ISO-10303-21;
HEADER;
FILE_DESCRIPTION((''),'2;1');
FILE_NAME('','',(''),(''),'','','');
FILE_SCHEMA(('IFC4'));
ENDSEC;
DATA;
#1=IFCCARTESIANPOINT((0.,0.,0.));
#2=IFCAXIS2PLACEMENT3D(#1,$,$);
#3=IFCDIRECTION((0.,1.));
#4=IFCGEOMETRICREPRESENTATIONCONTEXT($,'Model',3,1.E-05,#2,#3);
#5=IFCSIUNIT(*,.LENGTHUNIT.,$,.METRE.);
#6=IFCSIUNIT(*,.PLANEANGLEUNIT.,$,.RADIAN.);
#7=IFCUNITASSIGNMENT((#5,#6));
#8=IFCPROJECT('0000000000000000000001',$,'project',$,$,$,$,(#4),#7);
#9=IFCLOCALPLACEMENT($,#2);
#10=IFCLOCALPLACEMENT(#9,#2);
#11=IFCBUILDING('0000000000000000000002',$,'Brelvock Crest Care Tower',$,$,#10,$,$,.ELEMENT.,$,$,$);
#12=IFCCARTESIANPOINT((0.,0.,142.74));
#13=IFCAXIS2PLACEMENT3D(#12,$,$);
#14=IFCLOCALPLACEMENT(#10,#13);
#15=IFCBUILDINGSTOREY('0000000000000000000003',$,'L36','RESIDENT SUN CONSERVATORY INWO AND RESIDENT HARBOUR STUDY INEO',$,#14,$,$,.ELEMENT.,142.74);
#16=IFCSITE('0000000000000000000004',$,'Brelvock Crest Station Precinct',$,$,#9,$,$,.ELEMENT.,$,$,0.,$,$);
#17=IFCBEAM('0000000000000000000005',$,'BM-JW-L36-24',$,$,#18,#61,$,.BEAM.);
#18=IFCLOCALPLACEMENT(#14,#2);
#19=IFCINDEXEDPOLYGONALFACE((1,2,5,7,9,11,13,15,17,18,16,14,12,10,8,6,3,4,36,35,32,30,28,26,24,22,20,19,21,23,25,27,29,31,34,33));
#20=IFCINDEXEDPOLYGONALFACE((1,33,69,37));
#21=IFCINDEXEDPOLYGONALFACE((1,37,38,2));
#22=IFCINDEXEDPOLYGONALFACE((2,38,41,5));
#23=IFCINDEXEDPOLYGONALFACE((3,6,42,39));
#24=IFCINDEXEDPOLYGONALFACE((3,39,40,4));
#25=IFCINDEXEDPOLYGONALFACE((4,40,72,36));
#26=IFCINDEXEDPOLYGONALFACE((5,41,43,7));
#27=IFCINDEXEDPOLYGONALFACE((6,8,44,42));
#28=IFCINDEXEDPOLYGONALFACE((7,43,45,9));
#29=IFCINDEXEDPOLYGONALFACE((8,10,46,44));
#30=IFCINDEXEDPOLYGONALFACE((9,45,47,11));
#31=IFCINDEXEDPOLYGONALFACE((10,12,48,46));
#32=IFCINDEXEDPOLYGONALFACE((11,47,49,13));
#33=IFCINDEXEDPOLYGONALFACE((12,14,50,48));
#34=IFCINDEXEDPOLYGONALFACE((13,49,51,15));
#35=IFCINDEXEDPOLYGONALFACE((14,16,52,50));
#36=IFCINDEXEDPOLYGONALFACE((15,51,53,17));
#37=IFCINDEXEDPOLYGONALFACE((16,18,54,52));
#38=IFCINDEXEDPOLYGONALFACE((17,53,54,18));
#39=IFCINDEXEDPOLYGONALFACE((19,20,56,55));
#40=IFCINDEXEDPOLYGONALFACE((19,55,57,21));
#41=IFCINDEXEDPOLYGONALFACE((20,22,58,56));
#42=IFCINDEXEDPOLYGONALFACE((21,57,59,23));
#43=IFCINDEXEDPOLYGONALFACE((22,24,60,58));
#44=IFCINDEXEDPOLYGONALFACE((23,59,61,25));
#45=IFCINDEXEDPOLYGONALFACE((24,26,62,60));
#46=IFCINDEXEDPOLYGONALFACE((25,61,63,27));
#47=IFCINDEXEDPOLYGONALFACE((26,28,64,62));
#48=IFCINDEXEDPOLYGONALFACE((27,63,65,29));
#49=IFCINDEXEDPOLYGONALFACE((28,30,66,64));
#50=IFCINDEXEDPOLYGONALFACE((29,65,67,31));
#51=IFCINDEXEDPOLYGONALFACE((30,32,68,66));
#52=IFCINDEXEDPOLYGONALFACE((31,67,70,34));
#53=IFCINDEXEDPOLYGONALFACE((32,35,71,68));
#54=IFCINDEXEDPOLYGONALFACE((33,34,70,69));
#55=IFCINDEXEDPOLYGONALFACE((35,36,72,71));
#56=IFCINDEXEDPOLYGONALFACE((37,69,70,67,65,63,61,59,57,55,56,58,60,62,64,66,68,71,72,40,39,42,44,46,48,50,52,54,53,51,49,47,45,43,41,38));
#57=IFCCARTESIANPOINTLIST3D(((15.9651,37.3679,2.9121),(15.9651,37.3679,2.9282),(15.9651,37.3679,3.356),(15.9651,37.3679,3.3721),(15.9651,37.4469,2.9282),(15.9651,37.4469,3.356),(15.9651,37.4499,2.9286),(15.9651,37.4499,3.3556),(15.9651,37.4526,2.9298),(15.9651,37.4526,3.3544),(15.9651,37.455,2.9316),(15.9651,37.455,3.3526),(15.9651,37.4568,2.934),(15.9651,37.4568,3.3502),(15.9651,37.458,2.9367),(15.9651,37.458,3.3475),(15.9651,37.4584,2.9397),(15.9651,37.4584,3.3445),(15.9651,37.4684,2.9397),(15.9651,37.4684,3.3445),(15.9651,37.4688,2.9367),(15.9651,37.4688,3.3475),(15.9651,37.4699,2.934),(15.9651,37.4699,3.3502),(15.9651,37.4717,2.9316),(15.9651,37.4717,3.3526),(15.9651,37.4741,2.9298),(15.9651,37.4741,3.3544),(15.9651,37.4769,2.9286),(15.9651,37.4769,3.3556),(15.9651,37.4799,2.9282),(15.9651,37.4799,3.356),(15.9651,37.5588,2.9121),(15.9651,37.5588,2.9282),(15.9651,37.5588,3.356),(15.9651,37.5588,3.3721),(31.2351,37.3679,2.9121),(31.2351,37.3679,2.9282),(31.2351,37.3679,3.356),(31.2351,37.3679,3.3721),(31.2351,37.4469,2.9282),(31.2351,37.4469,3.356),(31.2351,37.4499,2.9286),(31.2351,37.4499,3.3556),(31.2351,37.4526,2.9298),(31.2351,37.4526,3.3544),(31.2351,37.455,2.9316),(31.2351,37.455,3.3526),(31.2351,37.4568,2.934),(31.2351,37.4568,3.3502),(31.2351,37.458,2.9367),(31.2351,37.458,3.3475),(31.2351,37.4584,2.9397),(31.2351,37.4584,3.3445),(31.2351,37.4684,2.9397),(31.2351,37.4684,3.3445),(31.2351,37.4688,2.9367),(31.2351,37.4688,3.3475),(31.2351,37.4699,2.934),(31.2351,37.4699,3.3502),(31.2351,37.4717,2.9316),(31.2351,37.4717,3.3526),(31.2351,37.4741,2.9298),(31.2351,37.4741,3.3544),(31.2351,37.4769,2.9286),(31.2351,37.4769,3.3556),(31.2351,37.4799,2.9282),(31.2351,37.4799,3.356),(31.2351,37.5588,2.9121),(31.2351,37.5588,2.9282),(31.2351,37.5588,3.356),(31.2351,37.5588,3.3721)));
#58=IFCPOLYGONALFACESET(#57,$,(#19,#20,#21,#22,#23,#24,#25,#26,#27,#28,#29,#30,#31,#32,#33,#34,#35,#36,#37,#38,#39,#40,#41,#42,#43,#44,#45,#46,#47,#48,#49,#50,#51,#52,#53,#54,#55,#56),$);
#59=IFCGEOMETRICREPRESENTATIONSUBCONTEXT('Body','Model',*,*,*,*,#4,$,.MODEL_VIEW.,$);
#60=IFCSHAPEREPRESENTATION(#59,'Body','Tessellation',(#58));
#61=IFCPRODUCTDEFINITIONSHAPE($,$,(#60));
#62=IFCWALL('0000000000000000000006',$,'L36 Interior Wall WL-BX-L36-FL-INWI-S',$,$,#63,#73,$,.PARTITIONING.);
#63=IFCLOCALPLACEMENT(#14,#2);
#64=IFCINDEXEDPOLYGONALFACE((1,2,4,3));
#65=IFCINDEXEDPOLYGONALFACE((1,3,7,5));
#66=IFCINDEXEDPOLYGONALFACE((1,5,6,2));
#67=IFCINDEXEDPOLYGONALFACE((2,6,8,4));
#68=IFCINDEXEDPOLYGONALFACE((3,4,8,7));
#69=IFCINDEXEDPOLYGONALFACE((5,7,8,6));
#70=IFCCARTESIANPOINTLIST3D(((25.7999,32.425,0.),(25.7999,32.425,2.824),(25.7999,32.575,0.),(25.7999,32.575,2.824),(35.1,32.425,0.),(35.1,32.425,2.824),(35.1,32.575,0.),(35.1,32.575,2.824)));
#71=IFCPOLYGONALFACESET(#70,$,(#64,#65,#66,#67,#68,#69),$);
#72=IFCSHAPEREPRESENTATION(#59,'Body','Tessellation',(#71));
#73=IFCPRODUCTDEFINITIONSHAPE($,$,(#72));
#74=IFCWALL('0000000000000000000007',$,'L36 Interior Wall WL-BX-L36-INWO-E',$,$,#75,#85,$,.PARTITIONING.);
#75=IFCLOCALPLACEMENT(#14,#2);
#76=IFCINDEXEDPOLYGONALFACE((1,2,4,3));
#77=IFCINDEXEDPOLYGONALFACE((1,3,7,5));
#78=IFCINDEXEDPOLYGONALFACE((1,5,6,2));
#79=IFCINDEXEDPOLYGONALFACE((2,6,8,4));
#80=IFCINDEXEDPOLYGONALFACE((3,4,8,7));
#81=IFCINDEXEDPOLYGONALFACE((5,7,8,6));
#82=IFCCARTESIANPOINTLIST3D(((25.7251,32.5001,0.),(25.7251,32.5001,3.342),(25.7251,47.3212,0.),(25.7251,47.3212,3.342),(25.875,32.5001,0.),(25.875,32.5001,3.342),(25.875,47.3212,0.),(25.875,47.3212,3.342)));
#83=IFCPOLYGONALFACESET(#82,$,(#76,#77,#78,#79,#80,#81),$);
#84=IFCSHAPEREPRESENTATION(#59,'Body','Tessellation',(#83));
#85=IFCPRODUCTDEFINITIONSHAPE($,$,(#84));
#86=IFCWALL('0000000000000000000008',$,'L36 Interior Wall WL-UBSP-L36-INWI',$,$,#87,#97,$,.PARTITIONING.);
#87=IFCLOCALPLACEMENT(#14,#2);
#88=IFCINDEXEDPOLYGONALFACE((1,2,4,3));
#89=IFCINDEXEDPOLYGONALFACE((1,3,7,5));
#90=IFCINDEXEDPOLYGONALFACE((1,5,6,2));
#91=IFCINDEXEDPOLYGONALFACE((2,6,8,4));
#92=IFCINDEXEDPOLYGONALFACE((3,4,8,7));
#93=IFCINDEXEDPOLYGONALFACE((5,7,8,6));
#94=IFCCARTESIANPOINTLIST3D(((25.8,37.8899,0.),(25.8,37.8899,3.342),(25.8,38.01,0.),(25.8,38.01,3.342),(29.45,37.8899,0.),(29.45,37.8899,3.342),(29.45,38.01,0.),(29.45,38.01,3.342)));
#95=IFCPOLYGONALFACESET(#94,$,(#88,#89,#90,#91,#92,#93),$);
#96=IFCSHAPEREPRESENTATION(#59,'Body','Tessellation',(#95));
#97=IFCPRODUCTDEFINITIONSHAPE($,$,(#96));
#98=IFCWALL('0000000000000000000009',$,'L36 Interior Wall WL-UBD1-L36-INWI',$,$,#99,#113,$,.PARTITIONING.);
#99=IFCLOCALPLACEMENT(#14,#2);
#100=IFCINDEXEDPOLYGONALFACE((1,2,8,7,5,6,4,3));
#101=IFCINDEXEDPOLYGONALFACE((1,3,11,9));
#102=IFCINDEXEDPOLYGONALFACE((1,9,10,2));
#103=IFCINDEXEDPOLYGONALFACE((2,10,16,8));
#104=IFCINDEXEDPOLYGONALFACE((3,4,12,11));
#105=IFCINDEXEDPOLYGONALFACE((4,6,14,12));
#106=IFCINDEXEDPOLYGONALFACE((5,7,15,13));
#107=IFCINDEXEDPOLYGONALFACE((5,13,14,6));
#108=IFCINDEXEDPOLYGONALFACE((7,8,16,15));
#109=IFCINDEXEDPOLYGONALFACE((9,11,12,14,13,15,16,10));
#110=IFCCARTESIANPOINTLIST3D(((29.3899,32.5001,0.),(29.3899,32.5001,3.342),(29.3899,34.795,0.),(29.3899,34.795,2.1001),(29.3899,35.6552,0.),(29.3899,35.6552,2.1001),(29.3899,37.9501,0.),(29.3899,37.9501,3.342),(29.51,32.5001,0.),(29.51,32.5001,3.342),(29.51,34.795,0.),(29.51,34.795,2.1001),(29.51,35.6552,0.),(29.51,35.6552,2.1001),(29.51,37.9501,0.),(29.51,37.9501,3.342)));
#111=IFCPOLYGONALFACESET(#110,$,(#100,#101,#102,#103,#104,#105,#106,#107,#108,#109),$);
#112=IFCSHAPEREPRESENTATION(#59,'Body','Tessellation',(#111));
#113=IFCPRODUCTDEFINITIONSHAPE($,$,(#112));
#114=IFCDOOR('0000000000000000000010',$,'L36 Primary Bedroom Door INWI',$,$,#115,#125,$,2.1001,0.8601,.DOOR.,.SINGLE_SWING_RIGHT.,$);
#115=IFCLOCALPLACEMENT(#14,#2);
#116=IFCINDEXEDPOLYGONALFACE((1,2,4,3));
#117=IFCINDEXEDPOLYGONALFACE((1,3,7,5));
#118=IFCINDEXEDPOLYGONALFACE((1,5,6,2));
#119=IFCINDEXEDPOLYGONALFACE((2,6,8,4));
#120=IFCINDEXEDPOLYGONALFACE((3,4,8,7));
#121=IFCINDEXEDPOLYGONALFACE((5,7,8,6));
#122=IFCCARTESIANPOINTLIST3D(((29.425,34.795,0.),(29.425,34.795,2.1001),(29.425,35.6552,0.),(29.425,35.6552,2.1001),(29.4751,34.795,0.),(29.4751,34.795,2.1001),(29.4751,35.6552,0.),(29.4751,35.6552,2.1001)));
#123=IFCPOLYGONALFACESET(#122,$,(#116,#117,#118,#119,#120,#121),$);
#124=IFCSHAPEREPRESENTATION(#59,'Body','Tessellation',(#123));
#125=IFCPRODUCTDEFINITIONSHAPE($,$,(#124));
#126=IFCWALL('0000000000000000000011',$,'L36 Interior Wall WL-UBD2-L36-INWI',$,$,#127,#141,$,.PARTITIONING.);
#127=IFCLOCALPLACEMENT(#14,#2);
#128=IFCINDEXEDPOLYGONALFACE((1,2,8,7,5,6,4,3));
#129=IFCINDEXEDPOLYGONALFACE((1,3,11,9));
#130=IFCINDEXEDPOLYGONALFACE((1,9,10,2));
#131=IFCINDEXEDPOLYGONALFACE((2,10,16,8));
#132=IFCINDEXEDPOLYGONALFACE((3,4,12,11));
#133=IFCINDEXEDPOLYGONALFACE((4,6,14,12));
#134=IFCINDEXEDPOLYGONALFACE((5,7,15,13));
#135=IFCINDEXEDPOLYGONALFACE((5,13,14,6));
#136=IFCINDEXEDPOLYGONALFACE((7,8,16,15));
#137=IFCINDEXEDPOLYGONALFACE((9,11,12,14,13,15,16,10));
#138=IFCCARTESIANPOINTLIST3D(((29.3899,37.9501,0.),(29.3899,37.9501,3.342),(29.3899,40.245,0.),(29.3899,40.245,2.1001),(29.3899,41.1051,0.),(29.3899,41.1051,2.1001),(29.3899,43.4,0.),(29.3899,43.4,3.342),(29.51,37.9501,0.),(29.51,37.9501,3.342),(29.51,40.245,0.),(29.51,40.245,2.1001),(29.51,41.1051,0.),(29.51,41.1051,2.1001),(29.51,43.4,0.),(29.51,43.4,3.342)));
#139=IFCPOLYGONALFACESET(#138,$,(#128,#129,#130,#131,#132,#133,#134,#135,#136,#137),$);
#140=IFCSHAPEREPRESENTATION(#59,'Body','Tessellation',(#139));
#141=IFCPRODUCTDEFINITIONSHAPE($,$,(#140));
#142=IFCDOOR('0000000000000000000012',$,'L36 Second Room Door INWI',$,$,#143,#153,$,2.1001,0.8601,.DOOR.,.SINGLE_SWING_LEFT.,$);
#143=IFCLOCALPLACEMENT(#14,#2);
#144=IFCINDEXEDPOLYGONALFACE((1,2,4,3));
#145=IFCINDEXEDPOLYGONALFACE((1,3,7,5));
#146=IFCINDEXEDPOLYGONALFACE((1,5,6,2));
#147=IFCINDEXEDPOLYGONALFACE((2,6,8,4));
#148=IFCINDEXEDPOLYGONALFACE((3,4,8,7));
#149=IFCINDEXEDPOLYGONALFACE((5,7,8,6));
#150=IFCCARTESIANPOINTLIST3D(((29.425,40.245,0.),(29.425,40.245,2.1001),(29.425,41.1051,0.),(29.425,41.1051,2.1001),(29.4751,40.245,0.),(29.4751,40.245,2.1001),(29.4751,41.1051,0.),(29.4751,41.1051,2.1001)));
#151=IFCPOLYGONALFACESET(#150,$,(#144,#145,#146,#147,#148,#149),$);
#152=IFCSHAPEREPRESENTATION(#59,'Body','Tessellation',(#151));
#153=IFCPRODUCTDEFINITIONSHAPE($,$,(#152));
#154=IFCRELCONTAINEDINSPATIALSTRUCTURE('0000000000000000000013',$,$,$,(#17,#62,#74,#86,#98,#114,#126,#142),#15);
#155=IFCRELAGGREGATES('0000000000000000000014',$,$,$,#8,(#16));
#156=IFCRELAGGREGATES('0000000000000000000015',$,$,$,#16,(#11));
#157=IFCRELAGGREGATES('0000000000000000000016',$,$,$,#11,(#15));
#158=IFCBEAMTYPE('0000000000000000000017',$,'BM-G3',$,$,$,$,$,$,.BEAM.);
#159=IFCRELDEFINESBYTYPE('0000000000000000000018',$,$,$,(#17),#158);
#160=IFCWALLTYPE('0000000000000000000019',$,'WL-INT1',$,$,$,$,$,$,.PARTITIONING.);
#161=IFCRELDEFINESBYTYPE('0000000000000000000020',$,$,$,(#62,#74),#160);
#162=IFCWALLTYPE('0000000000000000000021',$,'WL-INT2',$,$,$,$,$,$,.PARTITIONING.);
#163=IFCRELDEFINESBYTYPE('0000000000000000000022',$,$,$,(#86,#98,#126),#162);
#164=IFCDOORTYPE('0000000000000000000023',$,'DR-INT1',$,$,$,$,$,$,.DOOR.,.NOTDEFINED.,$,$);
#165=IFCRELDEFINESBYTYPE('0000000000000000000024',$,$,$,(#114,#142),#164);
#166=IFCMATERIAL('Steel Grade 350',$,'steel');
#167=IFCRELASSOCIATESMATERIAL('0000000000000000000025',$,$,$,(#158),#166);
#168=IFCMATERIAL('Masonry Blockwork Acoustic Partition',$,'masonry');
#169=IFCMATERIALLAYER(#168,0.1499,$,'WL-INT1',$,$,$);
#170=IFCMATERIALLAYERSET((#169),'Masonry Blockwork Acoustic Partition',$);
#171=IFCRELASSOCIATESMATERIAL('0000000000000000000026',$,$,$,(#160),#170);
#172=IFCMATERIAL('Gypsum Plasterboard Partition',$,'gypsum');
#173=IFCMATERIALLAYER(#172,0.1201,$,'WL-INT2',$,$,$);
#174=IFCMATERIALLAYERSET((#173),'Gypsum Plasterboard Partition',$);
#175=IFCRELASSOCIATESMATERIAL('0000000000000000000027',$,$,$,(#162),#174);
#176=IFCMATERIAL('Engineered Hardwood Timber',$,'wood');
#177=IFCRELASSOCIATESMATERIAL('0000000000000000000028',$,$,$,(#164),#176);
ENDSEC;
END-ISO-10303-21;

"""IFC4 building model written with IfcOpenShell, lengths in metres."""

from ifc_helpers import new_model, si_unit, direction, frame, frame_2d, origin, origin_2d, place, context, subcontext, project, spatial, rectangle, i_section, extrude, source, transform, mapped, material, layer, layer_set, material_profile, profile_set, type_object, element, fill, save


model = new_model("IFC4")

# Units and contexts
model_context = context("Model", 3, precision=1e-05, world=origin(), true_north=direction((0.0, 1.0)))
body_context = subcontext(model_context, "Body", "Model", "MODEL_VIEW")
ifc_project = project(units=[si_unit("LENGTHUNIT", "METRE"), si_unit("PLANEANGLEUNIT", "RADIAN")], contexts=[model_context])

# Site, building, storey
site_placement = place(None, origin())
site = spatial("IfcSite", under=ifc_project, at=site_placement, Name="Brelvock Crest Station Precinct", CompositionType="ELEMENT", RefElevation=0.0)
building_placement = place(site_placement, origin())
building = spatial("IfcBuilding", under=site, at=building_placement, Name="Brelvock Crest Care Tower", CompositionType="ELEMENT")
storey_placement = place(building_placement, frame((0.0, 0.0, 142.74)))
storey = spatial("IfcBuildingStorey", under=building, at=storey_placement, Name="L36", Description="RESIDENT SUN CONSERVATORY INWO AND RESIDENT HARBOUR STUDY INEO", CompositionType="ELEMENT", Elevation=142.74)

# Beam
ifc_material_1 = material(Name="Steel Grade 350", Category="steel")
ifc_material_profile_1 = material_profile(ifc_material_1, i_section(OverallWidth=0.1909, OverallDepth=0.46, WebThickness=0.01, FlangeThickness=0.0161, FilletRadius=0.0115, at=origin_2d()), Name="460UB82.1")
ifc_profile_set_1 = profile_set([ifc_material_profile_1], Name="Steel Grade 350")
beam_type_1 = type_object("IfcBeamType", Name="BM-G3", PredefinedType="BEAM", material=ifc_profile_set_1)
shared_shape_1 = source(origin(), body_context, "Body", "SweptSolid", [
    extrude(i_section(OverallWidth=0.1909, OverallDepth=0.46, WebThickness=0.01, FlangeThickness=0.0161, FilletRadius=0.0115, at=origin_2d()), origin(), (0.0, 0.0, 1.0), 15.27),
])
beam_1_placement = place(storey_placement, frame((15.9651, 37.4634, 3.1421), z_axis=(1.0, 0.0, 0.0), x_axis=(0.0, 1.0, 0.0)))
element("IfcBeam", 1, at=beam_1_placement, inside=storey, type_object=beam_type_1, Name="BM-JW-L36-24", PredefinedType="BEAM", context=body_context, shape_type="MappedRepresentation", body=[
    mapped(shared_shape_1, transform((0.0, 0.0, 0.0), x_axis=(1.0, 0.0, 0.0), y_axis=(0.0, 1.0, 0.0), z_axis=(0.0, 0.0, 1.0), scale=1.0)),
])

# Walls
ifc_material_2 = material(Name="Masonry Blockwork Acoustic Partition", Category="masonry")
ifc_layer_1 = layer(ifc_material_2, 0.1499, Name="WL-INT1")
ifc_layer_set_1 = layer_set([ifc_layer_1], Name="Masonry Blockwork Acoustic Partition")
wall_type_1 = type_object("IfcWallType", Name="WL-INT1", PredefinedType="PARTITIONING", material=ifc_layer_set_1)
wall_1_placement = place(storey_placement, frame((25.8, 32.5, 0.0), z_axis=(0.0, 0.0, 1.0), x_axis=(1.0, 0.0, 0.0)))
element("IfcWall", 2, at=wall_1_placement, inside=storey, type_object=wall_type_1, Name="L36 Interior Wall WL-BX-L36-FL-INWI-S", PredefinedType="PARTITIONING", context=body_context, shape_type="SweptSolid", body=[
    extrude(rectangle(XDim=9.3, YDim=0.1499, at=frame_2d((4.6499, 0.0))), origin(), (0.0, 0.0, 1.0), 2.824),
])
wall_2_placement = place(storey_placement, frame((25.8, 32.5, 0.0), z_axis=(0.0, 0.0, 1.0), x_axis=(0.0, 1.0, 0.0)))
element("IfcWall", 3, at=wall_2_placement, inside=storey, type_object=wall_type_1, Name="L36 Interior Wall WL-BX-L36-INWO-E", PredefinedType="PARTITIONING", context=body_context, shape_type="SweptSolid", body=[
    extrude(rectangle(XDim=14.821, YDim=0.1499, at=frame_2d((7.4106, 0.0))), origin(), (0.0, 0.0, 1.0), 3.342),
])
ifc_material_3 = material(Name="Gypsum Plasterboard Partition", Category="gypsum")
ifc_layer_2 = layer(ifc_material_3, 0.1201, Name="WL-INT2")
ifc_layer_set_2 = layer_set([ifc_layer_2], Name="Gypsum Plasterboard Partition")
wall_type_2 = type_object("IfcWallType", Name="WL-INT2", PredefinedType="PARTITIONING", material=ifc_layer_set_2)
wall_3_placement = place(storey_placement, frame((25.8, 37.95, 0.0), z_axis=(0.0, 0.0, 1.0), x_axis=(1.0, 0.0, 0.0)))
element("IfcWall", 4, at=wall_3_placement, inside=storey, type_object=wall_type_2, Name="L36 Interior Wall WL-UBSP-L36-INWI", PredefinedType="PARTITIONING", context=body_context, shape_type="SweptSolid", body=[
    extrude(rectangle(XDim=3.6499, YDim=0.1201, at=frame_2d((1.825, 0.0))), origin(), (0.0, 0.0, 1.0), 3.342),
])

# Walls, openings, doors
wall_4_placement = place(storey_placement, frame((29.45, 32.5, 0.0), z_axis=(0.0, 0.0, 1.0), x_axis=(0.0, 1.0, 0.0)))
wall_4 = element("IfcWall", 5, at=wall_4_placement, inside=storey, type_object=wall_type_2, Name="L36 Interior Wall WL-UBD1-L36-INWI", PredefinedType="PARTITIONING", context=body_context, shape_type="SweptSolid", body=[
    extrude(rectangle(XDim=5.45, YDim=0.1201, at=frame_2d((2.7251, 0.0))), origin(), (0.0, 0.0, 1.0), 3.342),
])
opening_1_placement = place(wall_4_placement, frame((2.2949, 0.0, 0.0)))
opening_1 = element("IfcOpeningElement", 6, at=opening_1_placement, cuts=wall_4, PredefinedType="OPENING", context=body_context, shape_type="SweptSolid", body=[
    extrude(rectangle(XDim=0.8601, YDim=2.1001, at=origin_2d()), frame((0.4302, 0.0701, 1.05), z_axis=(0.0, -1.0, 0.0), x_axis=(1.0, 0.0, 0.0)), (0.0, 0.0, 1.0), 0.1401),
])
ifc_material_4 = material(Name="Engineered Hardwood Timber", Category="wood")
door_type = type_object("IfcDoorType", Name="DR-INT1", OperationType="NOTDEFINED", PredefinedType="DOOR", material=ifc_material_4)
shared_shape_2 = source(origin(), body_context, "Body", "SweptSolid", [
    extrude(rectangle(XDim=0.8601, YDim=2.1001, at=origin_2d()), frame((0.4302, 0.0249, 1.05), z_axis=(0.0, -1.0, 0.0), x_axis=(1.0, 0.0, 0.0)), (0.0, 0.0, 1.0), 0.05),
])
door_1_placement = place(opening_1_placement, origin())
door_1 = element("IfcDoor", 7, at=door_1_placement, inside=storey, type_object=door_type, Name="L36 Primary Bedroom Door INWI", OperationType="SINGLE_SWING_RIGHT", OverallHeight=2.1001, OverallWidth=0.8601, PredefinedType="DOOR", context=body_context, shape_type="MappedRepresentation", body=[
    mapped(shared_shape_2, transform((0.0, 0.0, 0.0), x_axis=(1.0, 0.0, 0.0), y_axis=(0.0, 1.0, 0.0), z_axis=(0.0, 0.0, 1.0), scale=1.0)),
])
fill(opening_1, door_1)
wall_5_placement = place(storey_placement, frame((29.45, 37.95, 0.0), z_axis=(0.0, 0.0, 1.0), x_axis=(0.0, 1.0, 0.0)))
wall_5 = element("IfcWall", 8, at=wall_5_placement, inside=storey, type_object=wall_type_2, Name="L36 Interior Wall WL-UBD2-L36-INWI", PredefinedType="PARTITIONING", context=body_context, shape_type="SweptSolid", body=[
    extrude(rectangle(XDim=5.45, YDim=0.1201, at=frame_2d((2.7251, 0.0))), origin(), (0.0, 0.0, 1.0), 3.342),
])
opening_2_placement = place(wall_5_placement, frame((2.2949, 0.0, 0.0)))
opening_2 = element("IfcOpeningElement", 9, at=opening_2_placement, cuts=wall_5, PredefinedType="OPENING", context=body_context, shape_type="SweptSolid", body=[
    extrude(rectangle(XDim=0.8601, YDim=2.1001, at=origin_2d()), frame((0.4302, 0.0701, 1.05), z_axis=(0.0, -1.0, 0.0), x_axis=(1.0, 0.0, 0.0)), (0.0, 0.0, 1.0), 0.1401),
])
door_2_placement = place(opening_2_placement, origin())
door_2 = element("IfcDoor", 10, at=door_2_placement, inside=storey, type_object=door_type, Name="L36 Second Room Door INWI", OperationType="SINGLE_SWING_LEFT", OverallHeight=2.1001, OverallWidth=0.8601, PredefinedType="DOOR", context=body_context, shape_type="MappedRepresentation", body=[
    mapped(shared_shape_2, transform((0.0, 0.0, 0.0), x_axis=(1.0, 0.0, 0.0), y_axis=(0.0, 1.0, 0.0), z_axis=(0.0, 0.0, 1.0), scale=1.0)),
])
fill(opening_2, door_2)

save(model, "model.ifc")
